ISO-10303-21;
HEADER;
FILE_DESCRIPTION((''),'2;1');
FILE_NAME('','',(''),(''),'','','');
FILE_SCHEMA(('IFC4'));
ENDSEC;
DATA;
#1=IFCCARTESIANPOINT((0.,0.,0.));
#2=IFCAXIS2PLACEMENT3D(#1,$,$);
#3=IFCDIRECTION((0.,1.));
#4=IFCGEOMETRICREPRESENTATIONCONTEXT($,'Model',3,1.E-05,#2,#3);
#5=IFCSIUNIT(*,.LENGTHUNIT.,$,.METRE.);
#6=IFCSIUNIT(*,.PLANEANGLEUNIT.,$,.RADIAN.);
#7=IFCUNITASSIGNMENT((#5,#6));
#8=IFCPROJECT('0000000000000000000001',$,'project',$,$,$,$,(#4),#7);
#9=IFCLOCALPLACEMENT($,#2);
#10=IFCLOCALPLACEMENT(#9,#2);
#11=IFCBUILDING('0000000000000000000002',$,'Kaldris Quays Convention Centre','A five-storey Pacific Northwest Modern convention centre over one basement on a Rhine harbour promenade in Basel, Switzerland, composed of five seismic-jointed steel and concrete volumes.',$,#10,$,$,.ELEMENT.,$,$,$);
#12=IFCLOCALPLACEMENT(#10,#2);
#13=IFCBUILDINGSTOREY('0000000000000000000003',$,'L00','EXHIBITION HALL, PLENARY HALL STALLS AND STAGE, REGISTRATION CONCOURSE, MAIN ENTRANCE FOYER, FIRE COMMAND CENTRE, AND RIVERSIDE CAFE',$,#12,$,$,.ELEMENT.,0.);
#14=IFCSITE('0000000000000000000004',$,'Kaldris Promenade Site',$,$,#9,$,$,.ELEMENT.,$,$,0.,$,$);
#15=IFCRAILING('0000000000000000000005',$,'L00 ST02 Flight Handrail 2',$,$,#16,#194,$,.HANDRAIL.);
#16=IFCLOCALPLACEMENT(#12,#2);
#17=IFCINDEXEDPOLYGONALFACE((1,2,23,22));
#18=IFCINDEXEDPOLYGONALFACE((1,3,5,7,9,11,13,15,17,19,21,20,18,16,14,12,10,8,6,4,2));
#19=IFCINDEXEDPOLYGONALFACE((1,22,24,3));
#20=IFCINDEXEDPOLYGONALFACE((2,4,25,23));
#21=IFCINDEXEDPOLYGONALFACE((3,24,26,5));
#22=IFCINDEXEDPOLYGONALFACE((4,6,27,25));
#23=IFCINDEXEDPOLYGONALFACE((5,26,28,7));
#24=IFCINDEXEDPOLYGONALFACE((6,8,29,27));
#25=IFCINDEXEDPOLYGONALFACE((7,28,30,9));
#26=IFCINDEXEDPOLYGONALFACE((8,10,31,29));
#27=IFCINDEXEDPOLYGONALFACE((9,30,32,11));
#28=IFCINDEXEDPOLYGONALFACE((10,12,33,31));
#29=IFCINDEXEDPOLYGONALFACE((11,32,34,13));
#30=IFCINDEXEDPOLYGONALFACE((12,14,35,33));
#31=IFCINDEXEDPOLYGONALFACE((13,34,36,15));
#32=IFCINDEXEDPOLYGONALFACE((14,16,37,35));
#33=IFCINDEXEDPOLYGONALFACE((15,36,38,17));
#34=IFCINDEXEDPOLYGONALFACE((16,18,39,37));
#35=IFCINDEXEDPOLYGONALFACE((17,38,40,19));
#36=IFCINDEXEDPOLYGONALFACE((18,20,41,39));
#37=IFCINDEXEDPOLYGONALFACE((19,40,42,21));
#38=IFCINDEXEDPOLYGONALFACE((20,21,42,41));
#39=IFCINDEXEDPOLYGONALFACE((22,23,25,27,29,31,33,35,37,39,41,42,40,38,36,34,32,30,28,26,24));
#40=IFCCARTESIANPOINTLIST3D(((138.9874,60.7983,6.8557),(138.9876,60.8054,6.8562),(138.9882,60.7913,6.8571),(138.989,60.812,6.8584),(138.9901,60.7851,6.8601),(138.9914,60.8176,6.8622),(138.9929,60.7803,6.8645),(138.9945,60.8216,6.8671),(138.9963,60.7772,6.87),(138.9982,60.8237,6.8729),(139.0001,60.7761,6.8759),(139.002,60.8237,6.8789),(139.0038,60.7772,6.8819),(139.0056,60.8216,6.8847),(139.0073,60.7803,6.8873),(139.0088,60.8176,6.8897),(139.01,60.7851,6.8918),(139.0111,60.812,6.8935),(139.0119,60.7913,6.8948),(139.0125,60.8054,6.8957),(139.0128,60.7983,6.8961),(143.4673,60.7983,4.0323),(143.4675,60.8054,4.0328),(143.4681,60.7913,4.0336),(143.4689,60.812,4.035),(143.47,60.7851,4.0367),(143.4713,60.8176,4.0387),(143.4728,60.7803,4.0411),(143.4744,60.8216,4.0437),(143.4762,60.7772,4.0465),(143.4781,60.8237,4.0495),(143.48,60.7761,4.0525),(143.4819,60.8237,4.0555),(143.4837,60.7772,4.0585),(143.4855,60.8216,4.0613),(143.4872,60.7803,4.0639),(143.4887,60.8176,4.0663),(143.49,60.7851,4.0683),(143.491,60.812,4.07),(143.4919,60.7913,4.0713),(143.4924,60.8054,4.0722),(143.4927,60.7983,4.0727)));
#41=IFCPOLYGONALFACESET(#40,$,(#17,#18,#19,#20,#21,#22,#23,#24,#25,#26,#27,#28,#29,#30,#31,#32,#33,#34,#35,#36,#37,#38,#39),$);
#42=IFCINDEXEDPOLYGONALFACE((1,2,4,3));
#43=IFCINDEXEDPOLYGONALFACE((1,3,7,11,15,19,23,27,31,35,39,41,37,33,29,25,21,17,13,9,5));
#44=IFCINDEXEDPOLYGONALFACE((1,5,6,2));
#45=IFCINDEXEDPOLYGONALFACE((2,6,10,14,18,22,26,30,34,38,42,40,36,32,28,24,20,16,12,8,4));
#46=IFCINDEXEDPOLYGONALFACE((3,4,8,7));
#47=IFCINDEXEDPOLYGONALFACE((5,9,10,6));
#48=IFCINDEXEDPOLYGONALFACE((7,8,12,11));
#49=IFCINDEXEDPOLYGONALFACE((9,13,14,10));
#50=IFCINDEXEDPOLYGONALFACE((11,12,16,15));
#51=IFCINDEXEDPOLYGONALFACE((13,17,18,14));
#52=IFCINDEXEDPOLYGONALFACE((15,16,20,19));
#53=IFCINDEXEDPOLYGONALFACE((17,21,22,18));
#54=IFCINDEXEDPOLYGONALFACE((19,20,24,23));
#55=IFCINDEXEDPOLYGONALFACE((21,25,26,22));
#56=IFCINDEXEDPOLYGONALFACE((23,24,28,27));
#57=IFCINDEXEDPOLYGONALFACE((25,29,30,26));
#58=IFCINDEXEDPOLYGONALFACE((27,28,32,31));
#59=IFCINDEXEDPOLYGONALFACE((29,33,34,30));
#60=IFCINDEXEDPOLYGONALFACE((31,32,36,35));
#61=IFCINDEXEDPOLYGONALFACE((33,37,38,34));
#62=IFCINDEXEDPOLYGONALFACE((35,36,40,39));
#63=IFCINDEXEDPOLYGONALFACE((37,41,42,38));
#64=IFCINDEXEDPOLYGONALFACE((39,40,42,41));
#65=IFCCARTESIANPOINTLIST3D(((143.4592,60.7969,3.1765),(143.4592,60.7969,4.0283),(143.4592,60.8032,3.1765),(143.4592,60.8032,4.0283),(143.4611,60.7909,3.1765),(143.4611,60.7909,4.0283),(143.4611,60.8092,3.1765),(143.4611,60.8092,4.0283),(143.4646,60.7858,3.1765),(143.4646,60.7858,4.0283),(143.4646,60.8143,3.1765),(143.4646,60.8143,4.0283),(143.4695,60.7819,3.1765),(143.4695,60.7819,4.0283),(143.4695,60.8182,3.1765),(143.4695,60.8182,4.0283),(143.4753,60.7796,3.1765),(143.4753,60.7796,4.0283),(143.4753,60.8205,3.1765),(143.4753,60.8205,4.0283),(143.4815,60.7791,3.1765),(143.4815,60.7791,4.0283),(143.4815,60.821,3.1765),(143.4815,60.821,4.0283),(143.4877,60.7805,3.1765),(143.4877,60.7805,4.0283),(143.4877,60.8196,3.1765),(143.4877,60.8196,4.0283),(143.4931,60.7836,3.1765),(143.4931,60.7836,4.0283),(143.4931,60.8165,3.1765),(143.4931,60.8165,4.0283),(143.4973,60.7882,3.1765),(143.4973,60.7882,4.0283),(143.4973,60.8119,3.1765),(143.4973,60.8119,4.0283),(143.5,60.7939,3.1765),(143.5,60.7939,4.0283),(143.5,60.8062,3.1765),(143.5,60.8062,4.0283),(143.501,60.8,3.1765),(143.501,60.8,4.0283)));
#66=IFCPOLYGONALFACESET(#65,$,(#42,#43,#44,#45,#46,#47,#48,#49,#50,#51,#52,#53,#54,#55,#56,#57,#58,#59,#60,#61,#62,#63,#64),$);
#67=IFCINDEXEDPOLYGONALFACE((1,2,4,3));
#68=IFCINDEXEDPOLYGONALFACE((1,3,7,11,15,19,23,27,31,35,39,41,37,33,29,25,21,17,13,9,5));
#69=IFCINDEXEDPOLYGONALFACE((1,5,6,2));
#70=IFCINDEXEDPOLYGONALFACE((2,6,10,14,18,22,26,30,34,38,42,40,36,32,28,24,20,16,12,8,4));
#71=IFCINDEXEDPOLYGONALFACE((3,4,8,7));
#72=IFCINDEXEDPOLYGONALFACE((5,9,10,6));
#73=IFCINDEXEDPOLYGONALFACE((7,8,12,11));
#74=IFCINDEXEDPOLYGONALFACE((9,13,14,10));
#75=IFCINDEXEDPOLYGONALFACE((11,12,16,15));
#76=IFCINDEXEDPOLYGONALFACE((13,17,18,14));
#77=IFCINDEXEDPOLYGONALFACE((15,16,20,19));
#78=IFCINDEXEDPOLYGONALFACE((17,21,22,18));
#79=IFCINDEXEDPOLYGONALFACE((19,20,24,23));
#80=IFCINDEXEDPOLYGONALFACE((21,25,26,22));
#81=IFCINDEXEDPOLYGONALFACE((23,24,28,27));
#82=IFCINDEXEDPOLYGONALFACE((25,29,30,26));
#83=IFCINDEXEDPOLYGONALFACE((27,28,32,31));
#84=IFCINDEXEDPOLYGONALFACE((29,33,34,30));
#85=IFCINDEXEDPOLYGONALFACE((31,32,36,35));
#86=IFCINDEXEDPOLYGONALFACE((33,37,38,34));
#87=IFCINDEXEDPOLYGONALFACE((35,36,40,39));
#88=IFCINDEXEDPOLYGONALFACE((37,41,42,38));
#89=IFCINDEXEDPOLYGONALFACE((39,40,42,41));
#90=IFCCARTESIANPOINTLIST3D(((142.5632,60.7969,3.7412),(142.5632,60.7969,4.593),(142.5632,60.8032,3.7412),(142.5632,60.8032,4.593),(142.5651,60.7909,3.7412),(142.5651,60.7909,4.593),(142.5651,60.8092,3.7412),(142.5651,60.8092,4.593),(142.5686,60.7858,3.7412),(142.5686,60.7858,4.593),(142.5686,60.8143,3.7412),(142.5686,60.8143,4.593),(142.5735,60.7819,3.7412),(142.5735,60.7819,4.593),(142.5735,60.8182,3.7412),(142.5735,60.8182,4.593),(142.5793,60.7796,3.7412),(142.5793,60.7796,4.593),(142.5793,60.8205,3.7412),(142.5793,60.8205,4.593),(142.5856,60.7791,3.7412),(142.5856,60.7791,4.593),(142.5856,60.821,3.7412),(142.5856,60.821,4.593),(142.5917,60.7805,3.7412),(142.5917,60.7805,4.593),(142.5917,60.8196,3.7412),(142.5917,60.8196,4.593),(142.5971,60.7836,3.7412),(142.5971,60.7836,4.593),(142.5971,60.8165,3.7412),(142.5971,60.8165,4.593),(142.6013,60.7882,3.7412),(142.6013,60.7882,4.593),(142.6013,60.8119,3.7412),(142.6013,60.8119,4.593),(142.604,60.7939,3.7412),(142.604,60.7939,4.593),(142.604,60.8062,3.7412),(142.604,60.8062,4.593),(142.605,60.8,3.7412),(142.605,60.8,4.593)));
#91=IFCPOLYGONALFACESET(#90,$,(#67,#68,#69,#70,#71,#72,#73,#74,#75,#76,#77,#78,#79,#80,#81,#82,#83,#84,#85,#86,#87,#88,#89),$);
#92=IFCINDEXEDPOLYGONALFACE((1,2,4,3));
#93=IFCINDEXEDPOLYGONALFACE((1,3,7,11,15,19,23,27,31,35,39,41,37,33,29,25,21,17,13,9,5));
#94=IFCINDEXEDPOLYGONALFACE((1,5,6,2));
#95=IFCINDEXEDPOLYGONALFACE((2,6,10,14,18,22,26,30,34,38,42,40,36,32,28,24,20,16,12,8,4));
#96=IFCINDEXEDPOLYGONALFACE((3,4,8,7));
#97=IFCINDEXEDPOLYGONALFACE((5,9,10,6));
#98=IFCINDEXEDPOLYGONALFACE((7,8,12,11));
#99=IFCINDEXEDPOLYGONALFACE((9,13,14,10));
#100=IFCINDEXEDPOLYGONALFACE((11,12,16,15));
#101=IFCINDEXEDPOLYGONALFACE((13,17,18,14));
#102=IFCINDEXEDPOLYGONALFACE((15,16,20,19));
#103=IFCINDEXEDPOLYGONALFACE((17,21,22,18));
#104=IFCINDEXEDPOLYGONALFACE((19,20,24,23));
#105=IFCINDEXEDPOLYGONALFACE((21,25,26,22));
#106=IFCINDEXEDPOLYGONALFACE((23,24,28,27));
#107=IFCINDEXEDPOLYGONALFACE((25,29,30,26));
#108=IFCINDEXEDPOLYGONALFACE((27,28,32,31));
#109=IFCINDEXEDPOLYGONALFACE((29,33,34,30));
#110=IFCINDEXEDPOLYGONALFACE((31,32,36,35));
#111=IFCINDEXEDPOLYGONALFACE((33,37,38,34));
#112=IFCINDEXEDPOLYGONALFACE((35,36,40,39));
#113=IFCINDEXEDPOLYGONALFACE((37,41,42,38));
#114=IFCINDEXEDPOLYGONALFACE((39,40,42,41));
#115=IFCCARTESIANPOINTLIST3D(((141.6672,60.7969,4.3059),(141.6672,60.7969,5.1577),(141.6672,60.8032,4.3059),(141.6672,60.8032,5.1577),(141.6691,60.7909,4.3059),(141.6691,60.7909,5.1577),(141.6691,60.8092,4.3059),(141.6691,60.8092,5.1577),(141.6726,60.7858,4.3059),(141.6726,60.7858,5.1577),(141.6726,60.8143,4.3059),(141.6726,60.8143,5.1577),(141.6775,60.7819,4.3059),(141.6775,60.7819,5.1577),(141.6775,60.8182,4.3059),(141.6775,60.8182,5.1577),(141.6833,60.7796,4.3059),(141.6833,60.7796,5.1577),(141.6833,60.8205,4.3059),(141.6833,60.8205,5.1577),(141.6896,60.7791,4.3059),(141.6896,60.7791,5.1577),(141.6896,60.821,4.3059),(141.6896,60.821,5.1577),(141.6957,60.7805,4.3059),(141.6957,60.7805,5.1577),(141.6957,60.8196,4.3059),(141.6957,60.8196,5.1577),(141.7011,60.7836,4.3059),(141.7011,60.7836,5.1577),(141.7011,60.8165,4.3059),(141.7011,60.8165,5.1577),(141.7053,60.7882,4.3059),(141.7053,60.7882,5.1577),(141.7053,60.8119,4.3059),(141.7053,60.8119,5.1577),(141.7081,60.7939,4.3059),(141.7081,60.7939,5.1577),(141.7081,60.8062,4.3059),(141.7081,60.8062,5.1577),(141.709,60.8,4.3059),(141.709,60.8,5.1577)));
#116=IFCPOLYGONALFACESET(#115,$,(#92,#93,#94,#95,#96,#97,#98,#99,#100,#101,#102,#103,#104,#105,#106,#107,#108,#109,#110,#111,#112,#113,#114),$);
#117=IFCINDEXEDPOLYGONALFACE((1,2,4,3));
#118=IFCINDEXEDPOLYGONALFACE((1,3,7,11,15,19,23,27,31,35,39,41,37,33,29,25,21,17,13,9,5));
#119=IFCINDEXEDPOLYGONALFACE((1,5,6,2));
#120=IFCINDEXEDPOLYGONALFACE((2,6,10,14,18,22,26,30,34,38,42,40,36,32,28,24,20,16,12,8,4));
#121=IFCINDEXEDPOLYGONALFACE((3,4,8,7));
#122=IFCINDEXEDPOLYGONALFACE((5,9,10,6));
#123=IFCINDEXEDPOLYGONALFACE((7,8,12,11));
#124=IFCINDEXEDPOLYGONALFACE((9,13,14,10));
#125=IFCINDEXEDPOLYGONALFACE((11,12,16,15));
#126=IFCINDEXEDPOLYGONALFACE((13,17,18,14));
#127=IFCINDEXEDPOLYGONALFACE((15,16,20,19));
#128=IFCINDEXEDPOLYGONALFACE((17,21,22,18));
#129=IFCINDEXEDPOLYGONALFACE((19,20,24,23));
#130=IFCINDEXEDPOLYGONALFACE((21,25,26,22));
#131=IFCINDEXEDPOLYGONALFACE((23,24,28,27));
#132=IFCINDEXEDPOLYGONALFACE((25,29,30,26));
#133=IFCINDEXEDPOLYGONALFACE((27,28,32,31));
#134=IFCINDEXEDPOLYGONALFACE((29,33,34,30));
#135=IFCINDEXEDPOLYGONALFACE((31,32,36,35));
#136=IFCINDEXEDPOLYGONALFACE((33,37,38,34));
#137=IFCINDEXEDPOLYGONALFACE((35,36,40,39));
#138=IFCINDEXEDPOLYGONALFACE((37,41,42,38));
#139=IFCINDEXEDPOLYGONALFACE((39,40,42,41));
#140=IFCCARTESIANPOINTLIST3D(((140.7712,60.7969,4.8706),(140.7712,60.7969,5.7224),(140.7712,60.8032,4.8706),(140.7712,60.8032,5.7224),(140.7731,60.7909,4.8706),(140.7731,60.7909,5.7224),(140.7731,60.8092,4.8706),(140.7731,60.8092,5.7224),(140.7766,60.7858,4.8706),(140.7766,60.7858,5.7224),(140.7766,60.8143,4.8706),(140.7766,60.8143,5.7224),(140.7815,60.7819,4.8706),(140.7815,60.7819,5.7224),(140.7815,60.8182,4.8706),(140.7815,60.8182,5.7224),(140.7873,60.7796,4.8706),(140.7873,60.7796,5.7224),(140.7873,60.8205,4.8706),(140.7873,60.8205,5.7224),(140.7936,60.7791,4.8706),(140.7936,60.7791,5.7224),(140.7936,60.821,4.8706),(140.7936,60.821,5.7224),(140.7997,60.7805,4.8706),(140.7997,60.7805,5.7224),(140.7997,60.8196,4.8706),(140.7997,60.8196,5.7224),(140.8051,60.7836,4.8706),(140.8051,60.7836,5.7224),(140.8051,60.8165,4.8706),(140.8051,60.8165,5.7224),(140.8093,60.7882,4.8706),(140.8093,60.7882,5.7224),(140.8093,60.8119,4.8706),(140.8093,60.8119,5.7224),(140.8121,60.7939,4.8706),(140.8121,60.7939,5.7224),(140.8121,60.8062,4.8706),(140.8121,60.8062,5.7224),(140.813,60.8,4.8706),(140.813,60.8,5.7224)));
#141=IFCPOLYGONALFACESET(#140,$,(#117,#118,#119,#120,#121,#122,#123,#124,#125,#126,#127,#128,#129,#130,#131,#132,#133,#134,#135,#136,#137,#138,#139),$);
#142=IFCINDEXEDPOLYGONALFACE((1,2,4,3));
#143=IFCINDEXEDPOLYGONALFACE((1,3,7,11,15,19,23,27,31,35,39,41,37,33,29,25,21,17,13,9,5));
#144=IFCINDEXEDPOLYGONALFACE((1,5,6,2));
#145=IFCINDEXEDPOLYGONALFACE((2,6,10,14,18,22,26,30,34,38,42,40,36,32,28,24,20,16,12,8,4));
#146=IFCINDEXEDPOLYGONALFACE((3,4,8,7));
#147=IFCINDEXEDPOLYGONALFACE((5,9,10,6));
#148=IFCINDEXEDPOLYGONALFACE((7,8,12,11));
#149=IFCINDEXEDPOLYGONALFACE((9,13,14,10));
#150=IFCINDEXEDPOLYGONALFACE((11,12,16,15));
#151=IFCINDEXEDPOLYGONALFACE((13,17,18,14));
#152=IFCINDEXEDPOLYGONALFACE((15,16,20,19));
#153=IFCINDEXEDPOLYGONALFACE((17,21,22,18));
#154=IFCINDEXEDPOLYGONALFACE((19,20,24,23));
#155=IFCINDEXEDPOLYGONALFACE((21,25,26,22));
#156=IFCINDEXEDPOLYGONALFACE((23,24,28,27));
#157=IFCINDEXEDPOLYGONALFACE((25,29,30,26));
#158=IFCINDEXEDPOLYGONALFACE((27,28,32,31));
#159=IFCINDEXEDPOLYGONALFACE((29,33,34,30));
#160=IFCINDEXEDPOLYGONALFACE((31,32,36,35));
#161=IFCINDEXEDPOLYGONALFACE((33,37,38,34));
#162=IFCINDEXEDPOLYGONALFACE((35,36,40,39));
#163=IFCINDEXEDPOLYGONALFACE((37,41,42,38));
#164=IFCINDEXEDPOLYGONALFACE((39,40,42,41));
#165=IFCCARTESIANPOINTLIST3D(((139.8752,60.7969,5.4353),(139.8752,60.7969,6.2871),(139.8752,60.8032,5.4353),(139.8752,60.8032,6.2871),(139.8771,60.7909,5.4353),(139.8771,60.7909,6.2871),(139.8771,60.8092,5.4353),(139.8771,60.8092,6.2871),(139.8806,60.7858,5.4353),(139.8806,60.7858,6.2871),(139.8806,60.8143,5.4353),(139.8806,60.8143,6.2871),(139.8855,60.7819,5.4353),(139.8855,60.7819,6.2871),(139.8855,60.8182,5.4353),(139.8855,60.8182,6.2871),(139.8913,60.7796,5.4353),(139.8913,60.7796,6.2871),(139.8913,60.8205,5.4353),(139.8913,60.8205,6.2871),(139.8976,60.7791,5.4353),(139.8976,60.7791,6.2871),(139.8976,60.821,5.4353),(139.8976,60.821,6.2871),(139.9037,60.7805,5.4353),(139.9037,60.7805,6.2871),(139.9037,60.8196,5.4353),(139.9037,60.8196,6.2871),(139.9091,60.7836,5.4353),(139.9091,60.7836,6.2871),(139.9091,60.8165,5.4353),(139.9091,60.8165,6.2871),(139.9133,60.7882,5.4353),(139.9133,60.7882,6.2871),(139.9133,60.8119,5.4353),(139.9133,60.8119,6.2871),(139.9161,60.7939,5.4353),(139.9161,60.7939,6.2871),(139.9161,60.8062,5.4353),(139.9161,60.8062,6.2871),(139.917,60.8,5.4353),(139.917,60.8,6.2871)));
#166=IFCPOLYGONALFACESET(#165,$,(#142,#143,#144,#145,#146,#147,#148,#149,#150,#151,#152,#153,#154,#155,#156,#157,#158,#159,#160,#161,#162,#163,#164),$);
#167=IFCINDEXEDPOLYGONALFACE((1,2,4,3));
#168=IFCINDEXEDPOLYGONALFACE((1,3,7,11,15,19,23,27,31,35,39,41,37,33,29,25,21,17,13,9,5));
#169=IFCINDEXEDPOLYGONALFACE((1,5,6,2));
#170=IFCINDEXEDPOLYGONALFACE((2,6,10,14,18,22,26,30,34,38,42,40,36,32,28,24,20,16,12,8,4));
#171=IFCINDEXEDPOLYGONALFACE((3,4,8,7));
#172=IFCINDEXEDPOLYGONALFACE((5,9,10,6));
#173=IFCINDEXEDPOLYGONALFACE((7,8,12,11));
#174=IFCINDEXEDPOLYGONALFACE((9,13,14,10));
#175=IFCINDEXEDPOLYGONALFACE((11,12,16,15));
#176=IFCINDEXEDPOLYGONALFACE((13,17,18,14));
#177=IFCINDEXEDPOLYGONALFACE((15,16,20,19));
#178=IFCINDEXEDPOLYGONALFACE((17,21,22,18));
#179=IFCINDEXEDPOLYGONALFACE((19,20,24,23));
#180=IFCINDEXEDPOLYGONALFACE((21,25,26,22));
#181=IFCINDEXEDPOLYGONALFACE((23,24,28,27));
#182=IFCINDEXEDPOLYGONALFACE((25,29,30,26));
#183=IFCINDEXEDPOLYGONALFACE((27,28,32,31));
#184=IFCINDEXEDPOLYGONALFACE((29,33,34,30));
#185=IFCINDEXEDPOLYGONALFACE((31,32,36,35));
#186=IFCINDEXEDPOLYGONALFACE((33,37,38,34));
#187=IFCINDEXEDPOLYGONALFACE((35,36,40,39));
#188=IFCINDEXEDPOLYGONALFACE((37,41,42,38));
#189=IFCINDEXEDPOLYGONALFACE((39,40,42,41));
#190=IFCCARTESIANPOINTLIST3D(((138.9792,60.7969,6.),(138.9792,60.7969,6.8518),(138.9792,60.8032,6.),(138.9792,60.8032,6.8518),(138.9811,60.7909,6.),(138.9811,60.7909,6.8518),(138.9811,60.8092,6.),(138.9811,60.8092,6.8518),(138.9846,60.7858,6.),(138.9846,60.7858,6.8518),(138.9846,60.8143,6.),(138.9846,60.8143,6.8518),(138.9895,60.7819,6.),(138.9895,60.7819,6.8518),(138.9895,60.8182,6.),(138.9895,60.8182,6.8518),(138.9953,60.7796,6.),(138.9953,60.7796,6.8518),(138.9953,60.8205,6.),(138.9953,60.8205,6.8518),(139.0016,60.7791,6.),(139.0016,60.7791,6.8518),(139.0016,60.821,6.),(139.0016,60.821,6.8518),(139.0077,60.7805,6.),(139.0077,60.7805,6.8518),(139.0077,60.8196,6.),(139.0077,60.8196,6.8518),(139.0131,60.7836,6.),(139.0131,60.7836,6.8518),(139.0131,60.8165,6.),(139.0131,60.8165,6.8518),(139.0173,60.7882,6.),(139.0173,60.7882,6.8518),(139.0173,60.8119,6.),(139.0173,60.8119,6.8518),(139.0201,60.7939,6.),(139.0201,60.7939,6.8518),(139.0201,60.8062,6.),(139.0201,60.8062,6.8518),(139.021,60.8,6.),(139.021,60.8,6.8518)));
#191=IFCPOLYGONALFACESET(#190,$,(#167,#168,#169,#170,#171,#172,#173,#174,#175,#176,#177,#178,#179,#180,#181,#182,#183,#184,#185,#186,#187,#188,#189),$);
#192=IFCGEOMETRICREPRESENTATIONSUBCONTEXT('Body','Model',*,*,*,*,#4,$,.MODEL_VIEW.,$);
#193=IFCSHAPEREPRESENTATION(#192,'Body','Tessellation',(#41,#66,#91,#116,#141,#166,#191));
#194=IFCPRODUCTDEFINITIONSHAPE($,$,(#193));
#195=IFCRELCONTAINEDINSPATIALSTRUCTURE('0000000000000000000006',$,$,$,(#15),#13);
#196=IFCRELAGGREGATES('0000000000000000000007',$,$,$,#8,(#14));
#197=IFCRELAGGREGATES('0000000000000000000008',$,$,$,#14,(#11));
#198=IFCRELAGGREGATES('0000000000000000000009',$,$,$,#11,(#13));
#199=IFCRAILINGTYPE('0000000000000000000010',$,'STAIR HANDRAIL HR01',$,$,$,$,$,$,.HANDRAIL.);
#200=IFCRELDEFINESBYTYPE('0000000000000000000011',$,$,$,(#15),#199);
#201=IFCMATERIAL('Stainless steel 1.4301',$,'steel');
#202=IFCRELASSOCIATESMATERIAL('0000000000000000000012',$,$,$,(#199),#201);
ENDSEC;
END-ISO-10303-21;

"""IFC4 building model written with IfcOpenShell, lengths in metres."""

from ifc_helpers import new_model, si_unit, direction, frame, origin, origin_2d, place, context, subcontext, project, spatial, circle, extrude, material, type_object, element, save


model = new_model("IFC4")

# Units and contexts
model_context = context("Model", 3, precision=1e-05, world=origin(), true_north=direction((0.0, 1.0)))
body_context = subcontext(model_context, "Body", "Model", "MODEL_VIEW")
ifc_project = project(units=[si_unit("LENGTHUNIT", "METRE"), si_unit("PLANEANGLEUNIT", "RADIAN")], contexts=[model_context])

# Site, building, storey
site_placement = place(None, origin())
site = spatial("IfcSite", under=ifc_project, at=site_placement, Name="Kaldris Promenade Site", CompositionType="ELEMENT", RefElevation=0.0)
building_placement = place(site_placement, origin())
building = spatial("IfcBuilding", under=site, at=building_placement, Name="Kaldris Quays Convention Centre", Description="A five-storey Pacific Northwest Modern convention centre over one basement on a Rhine harbour promenade in Basel, Switzerland, composed of five seismic-jointed steel and concrete volumes.", CompositionType="ELEMENT")
storey_placement = place(building_placement, origin())
storey = spatial("IfcBuildingStorey", under=building, at=storey_placement, Name="L00", Description="EXHIBITION HALL, PLENARY HALL STALLS AND STAGE, REGISTRATION CONCOURSE, MAIN ENTRANCE FOYER, FIRE COMMAND CENTRE, AND RIVERSIDE CAFE", CompositionType="ELEMENT", Elevation=0.0)

# Railing
ifc_material_1 = material(Name="Stainless steel 1.4301", Category="steel")
railing_type_1 = type_object("IfcRailingType", Name="STAIR HANDRAIL HR01", PredefinedType="HANDRAIL", material=ifc_material_1)
railing_1_placement = place(storey_placement, frame((143.48, 60.8, 3.1765)))
element("IfcRailing", 1, at=railing_1_placement, inside=storey, type_object=railing_type_1, Name="L00 ST02 Flight Handrail 2", PredefinedType="HANDRAIL", context=body_context, shape_type="SweptSolid", body=[
    extrude(circle(Radius=0.0239, at=origin_2d()), frame((0.0, 0.0, 0.876), z_axis=(-0.845998, 0.0, 0.533186), x_axis=(0.0, -1.0, 0.0)), (0.0, 0.0, 1.0), 5.2954),
    extrude(circle(Radius=0.021, at=origin_2d()), origin(), (0.0, 0.0, 1.0), 0.8518),
    extrude(circle(Radius=0.021, at=origin_2d()), frame((-0.896, 0.0, 0.5647)), (0.0, 0.0, 1.0), 0.8518),
    extrude(circle(Radius=0.021, at=origin_2d()), frame((-1.792, 0.0, 1.1294)), (0.0, 0.0, 1.0), 0.8518),
    extrude(circle(Radius=0.021, at=origin_2d()), frame((-2.688, 0.0, 1.6941)), (0.0, 0.0, 1.0), 0.8518),
    extrude(circle(Radius=0.021, at=origin_2d()), frame((-3.584, 0.0, 2.2588)), (0.0, 0.0, 1.0), 0.8518),
    extrude(circle(Radius=0.021, at=origin_2d()), frame((-4.48, 0.0, 2.8235)), (0.0, 0.0, 1.0), 0.8518),
])

save(model, "model.ifc")
